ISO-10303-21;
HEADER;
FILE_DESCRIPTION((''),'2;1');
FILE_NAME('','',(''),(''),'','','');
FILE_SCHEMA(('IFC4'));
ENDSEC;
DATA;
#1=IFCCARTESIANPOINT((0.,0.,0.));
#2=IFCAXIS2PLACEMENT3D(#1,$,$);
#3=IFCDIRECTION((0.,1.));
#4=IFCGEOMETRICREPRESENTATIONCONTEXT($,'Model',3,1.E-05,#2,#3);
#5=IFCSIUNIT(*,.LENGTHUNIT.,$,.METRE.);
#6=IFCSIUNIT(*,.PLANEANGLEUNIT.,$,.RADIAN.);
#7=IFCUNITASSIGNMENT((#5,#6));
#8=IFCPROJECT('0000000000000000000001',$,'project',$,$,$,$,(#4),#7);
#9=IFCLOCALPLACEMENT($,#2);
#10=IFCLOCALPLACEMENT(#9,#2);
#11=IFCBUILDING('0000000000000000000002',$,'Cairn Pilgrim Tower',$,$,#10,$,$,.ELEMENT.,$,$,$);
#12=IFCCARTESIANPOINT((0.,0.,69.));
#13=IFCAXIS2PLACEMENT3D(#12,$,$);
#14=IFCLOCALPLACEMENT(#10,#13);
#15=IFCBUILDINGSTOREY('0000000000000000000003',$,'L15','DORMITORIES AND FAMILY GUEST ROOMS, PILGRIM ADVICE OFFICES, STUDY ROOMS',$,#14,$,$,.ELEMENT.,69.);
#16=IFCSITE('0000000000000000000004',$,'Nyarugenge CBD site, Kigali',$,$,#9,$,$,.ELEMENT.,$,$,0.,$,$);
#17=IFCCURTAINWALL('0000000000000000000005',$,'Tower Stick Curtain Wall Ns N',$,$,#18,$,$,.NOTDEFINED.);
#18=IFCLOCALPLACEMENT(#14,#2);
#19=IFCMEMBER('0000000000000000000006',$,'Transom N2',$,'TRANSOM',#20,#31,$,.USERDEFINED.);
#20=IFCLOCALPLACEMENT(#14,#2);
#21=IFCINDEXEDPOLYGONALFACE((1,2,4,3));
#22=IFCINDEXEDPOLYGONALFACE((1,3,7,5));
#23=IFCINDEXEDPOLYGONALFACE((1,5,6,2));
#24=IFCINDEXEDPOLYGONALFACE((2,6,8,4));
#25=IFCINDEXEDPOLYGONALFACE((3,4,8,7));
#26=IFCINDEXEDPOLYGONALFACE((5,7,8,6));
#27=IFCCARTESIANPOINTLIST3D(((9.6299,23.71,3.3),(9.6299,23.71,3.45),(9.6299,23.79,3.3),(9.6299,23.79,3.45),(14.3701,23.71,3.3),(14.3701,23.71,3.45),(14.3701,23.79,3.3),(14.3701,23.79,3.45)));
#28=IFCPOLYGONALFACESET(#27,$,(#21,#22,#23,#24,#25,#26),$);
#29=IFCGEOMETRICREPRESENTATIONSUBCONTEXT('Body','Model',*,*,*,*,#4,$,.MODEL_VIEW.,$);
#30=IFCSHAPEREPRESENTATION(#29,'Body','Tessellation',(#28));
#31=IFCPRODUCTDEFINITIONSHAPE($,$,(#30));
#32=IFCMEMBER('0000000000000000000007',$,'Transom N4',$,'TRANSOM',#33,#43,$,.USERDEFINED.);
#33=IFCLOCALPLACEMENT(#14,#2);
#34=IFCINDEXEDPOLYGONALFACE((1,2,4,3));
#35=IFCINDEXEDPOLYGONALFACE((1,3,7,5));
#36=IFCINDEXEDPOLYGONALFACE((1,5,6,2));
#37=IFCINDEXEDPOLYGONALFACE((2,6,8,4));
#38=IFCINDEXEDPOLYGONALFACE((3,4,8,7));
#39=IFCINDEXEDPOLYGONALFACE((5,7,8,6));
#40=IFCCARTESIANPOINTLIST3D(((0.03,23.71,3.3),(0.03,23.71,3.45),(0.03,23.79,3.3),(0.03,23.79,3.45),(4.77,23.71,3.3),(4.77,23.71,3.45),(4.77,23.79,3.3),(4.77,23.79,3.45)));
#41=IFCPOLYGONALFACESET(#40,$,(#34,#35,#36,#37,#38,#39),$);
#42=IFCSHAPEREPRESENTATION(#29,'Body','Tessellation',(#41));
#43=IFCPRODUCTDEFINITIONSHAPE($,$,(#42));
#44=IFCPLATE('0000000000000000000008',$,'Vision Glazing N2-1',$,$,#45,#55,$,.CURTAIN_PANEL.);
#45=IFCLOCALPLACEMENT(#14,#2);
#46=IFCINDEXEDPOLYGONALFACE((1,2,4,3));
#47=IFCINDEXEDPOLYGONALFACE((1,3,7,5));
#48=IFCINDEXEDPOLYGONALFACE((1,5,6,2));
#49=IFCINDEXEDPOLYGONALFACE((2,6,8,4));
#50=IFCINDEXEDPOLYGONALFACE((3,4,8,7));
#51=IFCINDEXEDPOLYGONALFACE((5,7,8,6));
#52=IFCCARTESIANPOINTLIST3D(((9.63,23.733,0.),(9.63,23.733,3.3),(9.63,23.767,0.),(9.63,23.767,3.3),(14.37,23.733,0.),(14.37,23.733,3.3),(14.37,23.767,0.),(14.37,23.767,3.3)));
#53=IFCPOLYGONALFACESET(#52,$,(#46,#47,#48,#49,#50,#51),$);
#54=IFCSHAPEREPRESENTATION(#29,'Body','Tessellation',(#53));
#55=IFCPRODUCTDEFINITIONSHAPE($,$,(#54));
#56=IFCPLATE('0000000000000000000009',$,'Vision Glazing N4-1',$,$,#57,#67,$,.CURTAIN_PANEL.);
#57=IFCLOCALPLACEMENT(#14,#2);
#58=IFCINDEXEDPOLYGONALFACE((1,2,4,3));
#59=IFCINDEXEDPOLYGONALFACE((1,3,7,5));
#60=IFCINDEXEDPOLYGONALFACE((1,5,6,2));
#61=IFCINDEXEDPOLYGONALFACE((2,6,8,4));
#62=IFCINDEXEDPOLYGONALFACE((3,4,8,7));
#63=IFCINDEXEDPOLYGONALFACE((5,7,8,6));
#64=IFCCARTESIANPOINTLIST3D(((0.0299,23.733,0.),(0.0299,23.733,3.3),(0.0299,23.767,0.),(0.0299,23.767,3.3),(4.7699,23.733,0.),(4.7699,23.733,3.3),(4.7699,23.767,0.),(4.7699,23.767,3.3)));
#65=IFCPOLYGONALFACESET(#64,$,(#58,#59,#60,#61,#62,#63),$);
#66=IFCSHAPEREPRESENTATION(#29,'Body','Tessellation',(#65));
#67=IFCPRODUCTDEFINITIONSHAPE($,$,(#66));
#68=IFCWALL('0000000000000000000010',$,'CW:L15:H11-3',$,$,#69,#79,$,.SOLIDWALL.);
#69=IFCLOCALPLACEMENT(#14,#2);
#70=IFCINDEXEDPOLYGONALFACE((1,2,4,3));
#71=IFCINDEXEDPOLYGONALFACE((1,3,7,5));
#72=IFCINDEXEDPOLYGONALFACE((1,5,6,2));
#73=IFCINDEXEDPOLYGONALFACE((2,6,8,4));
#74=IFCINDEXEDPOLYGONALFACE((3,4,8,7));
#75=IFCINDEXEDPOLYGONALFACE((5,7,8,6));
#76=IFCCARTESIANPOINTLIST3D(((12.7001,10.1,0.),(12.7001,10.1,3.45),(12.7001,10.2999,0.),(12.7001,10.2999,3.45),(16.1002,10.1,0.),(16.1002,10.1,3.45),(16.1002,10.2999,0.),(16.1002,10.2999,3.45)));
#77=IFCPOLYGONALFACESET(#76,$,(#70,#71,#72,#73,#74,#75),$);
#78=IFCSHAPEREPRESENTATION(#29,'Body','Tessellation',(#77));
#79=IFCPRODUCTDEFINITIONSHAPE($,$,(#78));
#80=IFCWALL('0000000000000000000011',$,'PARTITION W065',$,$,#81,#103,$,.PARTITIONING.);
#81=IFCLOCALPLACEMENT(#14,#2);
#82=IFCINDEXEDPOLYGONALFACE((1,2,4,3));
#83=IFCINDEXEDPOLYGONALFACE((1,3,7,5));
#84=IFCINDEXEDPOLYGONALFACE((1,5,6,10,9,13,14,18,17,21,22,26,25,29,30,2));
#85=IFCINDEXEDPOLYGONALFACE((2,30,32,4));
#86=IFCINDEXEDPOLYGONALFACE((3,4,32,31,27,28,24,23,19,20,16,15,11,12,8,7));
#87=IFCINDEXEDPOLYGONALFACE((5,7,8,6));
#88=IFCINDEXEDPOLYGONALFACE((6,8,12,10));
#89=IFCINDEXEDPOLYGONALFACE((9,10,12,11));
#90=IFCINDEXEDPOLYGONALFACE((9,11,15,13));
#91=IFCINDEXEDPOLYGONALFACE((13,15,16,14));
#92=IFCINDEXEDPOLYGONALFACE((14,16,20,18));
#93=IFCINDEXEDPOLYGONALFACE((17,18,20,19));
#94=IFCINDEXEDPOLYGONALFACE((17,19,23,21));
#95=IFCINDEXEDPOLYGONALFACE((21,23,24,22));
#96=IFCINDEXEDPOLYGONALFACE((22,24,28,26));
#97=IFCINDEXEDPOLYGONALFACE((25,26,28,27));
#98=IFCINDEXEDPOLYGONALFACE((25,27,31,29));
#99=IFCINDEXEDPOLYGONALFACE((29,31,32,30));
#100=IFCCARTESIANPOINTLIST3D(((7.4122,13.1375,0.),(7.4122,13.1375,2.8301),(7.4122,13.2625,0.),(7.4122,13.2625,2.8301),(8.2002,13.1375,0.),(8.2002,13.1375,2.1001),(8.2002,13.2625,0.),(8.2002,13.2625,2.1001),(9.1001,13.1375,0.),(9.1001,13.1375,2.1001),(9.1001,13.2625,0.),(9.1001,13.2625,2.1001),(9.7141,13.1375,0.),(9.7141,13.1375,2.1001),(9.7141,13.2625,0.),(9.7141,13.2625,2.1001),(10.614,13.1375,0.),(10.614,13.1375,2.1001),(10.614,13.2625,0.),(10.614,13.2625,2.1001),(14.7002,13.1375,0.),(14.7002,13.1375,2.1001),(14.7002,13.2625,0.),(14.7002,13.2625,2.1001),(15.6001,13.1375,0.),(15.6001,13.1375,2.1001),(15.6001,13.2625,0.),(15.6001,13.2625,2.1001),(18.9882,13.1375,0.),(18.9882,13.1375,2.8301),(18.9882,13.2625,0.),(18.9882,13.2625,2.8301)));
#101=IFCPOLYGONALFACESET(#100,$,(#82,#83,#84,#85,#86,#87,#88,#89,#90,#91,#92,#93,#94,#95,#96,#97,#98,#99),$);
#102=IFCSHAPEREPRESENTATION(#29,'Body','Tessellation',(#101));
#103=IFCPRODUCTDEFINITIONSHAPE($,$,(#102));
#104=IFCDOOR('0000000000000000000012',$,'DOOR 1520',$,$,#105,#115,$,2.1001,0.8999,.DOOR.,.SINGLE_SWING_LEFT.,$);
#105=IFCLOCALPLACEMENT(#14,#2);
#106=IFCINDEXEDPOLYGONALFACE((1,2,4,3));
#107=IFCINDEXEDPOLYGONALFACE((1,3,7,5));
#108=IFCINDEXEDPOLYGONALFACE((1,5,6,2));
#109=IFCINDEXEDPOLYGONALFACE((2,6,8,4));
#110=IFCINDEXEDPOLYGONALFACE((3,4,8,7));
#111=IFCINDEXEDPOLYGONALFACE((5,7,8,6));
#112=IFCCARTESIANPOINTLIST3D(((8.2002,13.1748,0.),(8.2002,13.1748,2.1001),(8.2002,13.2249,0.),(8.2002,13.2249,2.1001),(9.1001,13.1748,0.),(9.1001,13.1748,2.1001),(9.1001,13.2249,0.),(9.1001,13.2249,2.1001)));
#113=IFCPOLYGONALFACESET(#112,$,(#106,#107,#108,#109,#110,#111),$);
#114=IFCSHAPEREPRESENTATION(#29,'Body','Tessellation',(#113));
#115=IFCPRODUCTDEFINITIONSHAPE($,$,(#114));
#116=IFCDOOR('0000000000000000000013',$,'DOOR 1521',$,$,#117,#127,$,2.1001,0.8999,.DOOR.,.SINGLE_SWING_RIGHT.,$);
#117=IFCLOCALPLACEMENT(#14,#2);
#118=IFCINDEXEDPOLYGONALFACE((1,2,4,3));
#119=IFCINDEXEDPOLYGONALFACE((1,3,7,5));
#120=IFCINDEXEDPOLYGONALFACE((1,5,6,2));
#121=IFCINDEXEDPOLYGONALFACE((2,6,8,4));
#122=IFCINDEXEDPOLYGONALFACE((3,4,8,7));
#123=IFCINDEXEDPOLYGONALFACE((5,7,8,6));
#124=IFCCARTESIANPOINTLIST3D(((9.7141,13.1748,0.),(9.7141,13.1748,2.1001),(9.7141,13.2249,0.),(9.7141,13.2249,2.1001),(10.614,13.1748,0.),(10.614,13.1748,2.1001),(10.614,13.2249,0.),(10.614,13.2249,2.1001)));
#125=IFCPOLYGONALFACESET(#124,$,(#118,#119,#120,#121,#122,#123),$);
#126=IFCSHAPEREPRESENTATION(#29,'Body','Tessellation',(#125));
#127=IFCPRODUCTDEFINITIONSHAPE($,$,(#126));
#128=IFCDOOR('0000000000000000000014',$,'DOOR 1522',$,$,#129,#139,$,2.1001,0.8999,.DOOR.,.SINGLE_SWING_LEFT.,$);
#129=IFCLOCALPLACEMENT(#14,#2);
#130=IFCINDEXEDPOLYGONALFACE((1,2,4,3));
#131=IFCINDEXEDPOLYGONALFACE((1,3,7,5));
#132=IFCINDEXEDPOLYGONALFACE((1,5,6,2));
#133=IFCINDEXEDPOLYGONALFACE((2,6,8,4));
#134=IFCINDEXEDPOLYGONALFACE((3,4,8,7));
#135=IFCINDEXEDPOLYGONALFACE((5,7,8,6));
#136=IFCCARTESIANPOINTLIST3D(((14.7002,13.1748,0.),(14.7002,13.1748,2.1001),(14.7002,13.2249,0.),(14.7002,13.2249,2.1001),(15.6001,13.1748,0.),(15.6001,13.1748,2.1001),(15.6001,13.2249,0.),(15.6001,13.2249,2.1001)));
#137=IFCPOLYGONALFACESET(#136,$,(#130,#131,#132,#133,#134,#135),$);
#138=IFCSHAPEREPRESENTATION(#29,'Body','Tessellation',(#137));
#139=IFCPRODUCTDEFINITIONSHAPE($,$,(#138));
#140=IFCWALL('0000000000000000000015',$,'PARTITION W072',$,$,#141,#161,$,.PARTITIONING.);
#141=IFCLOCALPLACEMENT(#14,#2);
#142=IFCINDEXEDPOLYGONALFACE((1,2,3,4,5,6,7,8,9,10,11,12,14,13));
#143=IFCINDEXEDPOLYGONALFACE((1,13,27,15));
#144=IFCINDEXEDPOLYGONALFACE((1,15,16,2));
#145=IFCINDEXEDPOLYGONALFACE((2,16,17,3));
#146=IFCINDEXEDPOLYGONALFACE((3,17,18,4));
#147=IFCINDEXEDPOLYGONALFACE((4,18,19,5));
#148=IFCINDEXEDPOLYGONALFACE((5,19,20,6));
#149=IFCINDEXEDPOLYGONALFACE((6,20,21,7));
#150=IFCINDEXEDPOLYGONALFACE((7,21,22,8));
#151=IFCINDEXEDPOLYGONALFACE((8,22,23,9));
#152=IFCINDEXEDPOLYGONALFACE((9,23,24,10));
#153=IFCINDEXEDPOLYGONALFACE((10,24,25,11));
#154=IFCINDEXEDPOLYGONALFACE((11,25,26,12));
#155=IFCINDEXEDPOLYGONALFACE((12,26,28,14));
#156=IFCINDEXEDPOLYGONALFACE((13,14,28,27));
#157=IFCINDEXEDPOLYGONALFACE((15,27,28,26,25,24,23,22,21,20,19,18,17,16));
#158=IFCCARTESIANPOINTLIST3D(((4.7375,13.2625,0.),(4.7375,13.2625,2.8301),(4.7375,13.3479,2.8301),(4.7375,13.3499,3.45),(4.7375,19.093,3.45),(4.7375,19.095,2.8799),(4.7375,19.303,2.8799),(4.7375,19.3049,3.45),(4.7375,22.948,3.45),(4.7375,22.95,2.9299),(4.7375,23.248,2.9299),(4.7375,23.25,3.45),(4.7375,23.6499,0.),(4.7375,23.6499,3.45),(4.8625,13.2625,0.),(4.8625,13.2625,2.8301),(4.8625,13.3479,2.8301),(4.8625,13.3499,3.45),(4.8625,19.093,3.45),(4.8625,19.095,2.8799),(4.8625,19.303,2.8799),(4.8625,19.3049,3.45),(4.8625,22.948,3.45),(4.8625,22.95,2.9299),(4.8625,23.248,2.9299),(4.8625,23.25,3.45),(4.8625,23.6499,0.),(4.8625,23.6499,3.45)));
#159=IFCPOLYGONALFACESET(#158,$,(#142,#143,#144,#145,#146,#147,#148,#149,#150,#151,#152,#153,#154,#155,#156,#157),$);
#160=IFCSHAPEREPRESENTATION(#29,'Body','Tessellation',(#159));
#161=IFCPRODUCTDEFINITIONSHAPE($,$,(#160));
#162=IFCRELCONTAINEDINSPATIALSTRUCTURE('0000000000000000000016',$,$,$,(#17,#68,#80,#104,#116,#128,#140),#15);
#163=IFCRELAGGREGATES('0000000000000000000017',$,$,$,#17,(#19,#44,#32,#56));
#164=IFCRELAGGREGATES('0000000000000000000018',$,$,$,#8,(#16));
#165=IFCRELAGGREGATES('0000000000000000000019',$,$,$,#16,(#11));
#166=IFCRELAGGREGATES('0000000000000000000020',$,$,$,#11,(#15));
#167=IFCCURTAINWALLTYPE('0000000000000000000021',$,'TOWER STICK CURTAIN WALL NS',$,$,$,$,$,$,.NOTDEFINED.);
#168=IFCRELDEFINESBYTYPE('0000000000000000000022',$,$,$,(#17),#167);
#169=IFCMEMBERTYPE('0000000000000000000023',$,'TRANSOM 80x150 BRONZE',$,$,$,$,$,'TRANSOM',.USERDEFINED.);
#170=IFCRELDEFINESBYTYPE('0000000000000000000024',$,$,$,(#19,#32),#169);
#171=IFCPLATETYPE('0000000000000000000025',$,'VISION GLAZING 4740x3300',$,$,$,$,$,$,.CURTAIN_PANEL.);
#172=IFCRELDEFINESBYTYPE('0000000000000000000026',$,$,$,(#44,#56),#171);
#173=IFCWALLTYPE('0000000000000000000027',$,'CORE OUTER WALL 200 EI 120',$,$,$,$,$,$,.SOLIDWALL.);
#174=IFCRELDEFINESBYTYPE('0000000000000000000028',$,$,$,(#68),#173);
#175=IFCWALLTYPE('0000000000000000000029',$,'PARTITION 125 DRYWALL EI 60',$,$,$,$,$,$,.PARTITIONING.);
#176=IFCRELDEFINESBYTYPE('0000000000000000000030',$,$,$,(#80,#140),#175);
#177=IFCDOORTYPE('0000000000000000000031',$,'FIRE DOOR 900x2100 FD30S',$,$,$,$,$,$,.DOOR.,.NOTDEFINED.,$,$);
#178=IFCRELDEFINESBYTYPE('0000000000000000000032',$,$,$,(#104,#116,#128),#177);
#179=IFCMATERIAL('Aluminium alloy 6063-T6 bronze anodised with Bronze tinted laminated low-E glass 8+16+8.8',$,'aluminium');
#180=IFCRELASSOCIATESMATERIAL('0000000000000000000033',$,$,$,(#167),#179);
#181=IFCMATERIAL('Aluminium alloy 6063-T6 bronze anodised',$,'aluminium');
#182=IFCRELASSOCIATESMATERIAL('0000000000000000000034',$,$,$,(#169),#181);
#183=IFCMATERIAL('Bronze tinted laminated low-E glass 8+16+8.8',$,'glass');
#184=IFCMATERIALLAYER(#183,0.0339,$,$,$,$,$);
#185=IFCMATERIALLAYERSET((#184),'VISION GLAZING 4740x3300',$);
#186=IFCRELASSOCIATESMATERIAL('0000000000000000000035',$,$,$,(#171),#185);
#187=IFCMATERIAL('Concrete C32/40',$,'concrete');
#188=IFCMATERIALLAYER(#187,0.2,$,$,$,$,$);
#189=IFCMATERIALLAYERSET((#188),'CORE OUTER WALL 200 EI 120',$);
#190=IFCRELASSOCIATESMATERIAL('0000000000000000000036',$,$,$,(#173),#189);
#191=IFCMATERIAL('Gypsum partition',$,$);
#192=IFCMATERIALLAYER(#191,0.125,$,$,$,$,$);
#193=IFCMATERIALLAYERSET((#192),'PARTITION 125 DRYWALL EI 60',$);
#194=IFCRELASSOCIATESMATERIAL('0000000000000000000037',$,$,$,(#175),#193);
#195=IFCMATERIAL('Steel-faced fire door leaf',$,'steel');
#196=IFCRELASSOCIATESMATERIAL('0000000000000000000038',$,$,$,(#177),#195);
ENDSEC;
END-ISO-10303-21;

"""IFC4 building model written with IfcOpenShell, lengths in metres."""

from ifc_helpers import new_model, si_unit, direction, frame, frame_2d, origin, origin_2d, place, context, subcontext, project, spatial, polyline, rectangle, outline, extrude, material, layer, layer_set, material_profile, profile_set, type_object, element, fill, aggregate, save


model = new_model("IFC4")

# Units and contexts
model_context = context("Model", 3, precision=1e-05, world=origin(), true_north=direction((0.0, 1.0)))
body_context = subcontext(model_context, "Body", "Model", "MODEL_VIEW")
ifc_project = project(units=[si_unit("LENGTHUNIT", "METRE"), si_unit("PLANEANGLEUNIT", "RADIAN")], contexts=[model_context])

# Site, building, storey
site_placement = place(None, origin())
site = spatial("IfcSite", under=ifc_project, at=site_placement, Name="Nyarugenge CBD site, Kigali", CompositionType="ELEMENT", RefElevation=0.0)
building_placement = place(site_placement, origin())
building = spatial("IfcBuilding", under=site, at=building_placement, Name="Cairn Pilgrim Tower", CompositionType="ELEMENT")
storey_placement = place(building_placement, frame((0.0, 0.0, 69.0)))
storey = spatial("IfcBuildingStorey", under=building, at=storey_placement, Name="L15", Description="DORMITORIES AND FAMILY GUEST ROOMS, PILGRIM ADVICE OFFICES, STUDY ROOMS", CompositionType="ELEMENT", Elevation=69.0)

# Curtain wall
ifc_material_1 = material(Name="Aluminium alloy 6063-T6 bronze anodised with Bronze tinted laminated low-E glass 8+16+8.8", Category="aluminium")
curtain_wall_type = type_object("IfcCurtainWallType", Name="TOWER STICK CURTAIN WALL NS", PredefinedType="NOTDEFINED", material=ifc_material_1)
curtain_wall_placement = place(storey_placement, origin())
curtain_wall = element("IfcCurtainWall", 1, at=curtain_wall_placement, inside=storey, type_object=curtain_wall_type, Name="Tower Stick Curtain Wall Ns N", PredefinedType="NOTDEFINED")
ifc_material_2 = material(Name="Aluminium alloy 6063-T6 bronze anodised", Category="aluminium")

# Members
ifc_material_profile_1 = material_profile(ifc_material_2, rectangle(XDim=0.0801, YDim=0.1499, at=origin_2d()), Name="TRANSOM 80x150 BRONZE")
ifc_profile_set_1 = profile_set([ifc_material_profile_1], Name="Aluminium alloy 6063-T6 bronze anodised")
member_type_1 = type_object("IfcMemberType", Name="TRANSOM 80x150 BRONZE", ElementType="TRANSOM", PredefinedType="USERDEFINED", material=ifc_profile_set_1)
member_1_placement = place(storey_placement, frame((14.3701, 23.75, 3.375), z_axis=(-1.0, 0.0, 0.0), x_axis=(0.0, -1.0, 0.0)))
member_1 = element("IfcMember", 2, at=member_1_placement, type_object=member_type_1, Name="Transom N2", ObjectType="TRANSOM", PredefinedType="USERDEFINED", context=body_context, shape_type="SweptSolid", body=[
    extrude(rectangle(XDim=0.0801, YDim=0.1499, at=origin_2d()), origin(), (0.0, 0.0, 1.0), 4.7402),
])
member_2_placement = place(storey_placement, frame((4.77, 23.75, 3.375), z_axis=(-1.0, 0.0, 0.0), x_axis=(0.0, -1.0, 0.0)))
member_2 = element("IfcMember", 3, at=member_2_placement, type_object=member_type_1, Name="Transom N4", ObjectType="TRANSOM", PredefinedType="USERDEFINED", context=body_context, shape_type="SweptSolid", body=[
    extrude(rectangle(XDim=0.0801, YDim=0.1499, at=origin_2d()), origin(), (0.0, 0.0, 1.0), 4.74),
])

# Plates
ifc_material_3 = material(Name="Bronze tinted laminated low-E glass 8+16+8.8", Category="glass")
ifc_layer_1 = layer(ifc_material_3, 0.0339)
ifc_layer_set_1 = layer_set([ifc_layer_1], Name="VISION GLAZING 4740x3300")
plate_type = type_object("IfcPlateType", Name="VISION GLAZING 4740x3300", PredefinedType="CURTAIN_PANEL", material=ifc_layer_set_1)
plate_1_placement = place(storey_placement, frame((12.0, 23.75, 0.0), z_axis=(0.0, 0.0, 1.0), x_axis=(-1.0, 0.0, 0.0)))
plate_1 = element("IfcPlate", 4, at=plate_1_placement, type_object=plate_type, Name="Vision Glazing N2-1", PredefinedType="CURTAIN_PANEL", context=body_context, shape_type="SweptSolid", body=[
    extrude(rectangle(XDim=4.74, YDim=0.0339, at=origin_2d()), origin(), (0.0, 0.0, 1.0), 3.3),
])
plate_2_placement = place(storey_placement, frame((2.3999, 23.75, 0.0), z_axis=(0.0, 0.0, 1.0), x_axis=(-1.0, 0.0, 0.0)))
plate_2 = element("IfcPlate", 5, at=plate_2_placement, type_object=plate_type, Name="Vision Glazing N4-1", PredefinedType="CURTAIN_PANEL", context=body_context, shape_type="SweptSolid", body=[
    extrude(rectangle(XDim=4.74, YDim=0.0339, at=origin_2d()), origin(), (0.0, 0.0, 1.0), 3.3),
])
aggregate(curtain_wall, [member_1, plate_1, member_2, plate_2])

# Wall
ifc_material_4 = material(Name="Concrete C32/40", Category="concrete")
ifc_layer_2 = layer(ifc_material_4, 0.2)
ifc_layer_set_2 = layer_set([ifc_layer_2], Name="CORE OUTER WALL 200 EI 120")
wall_type_1 = type_object("IfcWallType", Name="CORE OUTER WALL 200 EI 120", PredefinedType="SOLIDWALL", material=ifc_layer_set_2)
wall_1_placement = place(storey_placement, frame((12.7, 10.2, 0.0), z_axis=(0.0, 0.0, 1.0), x_axis=(1.0, 0.0, 0.0)))
element("IfcWall", 6, at=wall_1_placement, inside=storey, type_object=wall_type_1, Name="CW:L15:H11-3", PredefinedType="SOLIDWALL", context=body_context, shape_type="SweptSolid", body=[
    extrude(rectangle(XDim=3.4001, YDim=0.2, at=frame_2d((1.7002, 0.0))), origin(), (0.0, 0.0, 1.0), 3.45),
])

# Wall, openings, doors
ifc_material_5 = material(Name="Gypsum partition")
ifc_layer_3 = layer(ifc_material_5, 0.125)
ifc_layer_set_3 = layer_set([ifc_layer_3], Name="PARTITION 125 DRYWALL EI 60")
wall_type_2 = type_object("IfcWallType", Name="PARTITION 125 DRYWALL EI 60", PredefinedType="PARTITIONING", material=ifc_layer_set_3)
wall_2_placement = place(storey_placement, frame((7.4121, 13.2, 0.0), z_axis=(0.0, 0.0, 1.0), x_axis=(1.0, 0.0, 0.0)))
wall_2 = element("IfcWall", 7, at=wall_2_placement, inside=storey, type_object=wall_type_2, Name="PARTITION W065", PredefinedType="PARTITIONING", context=body_context, shape_type="SweptSolid", body=[
    extrude(rectangle(XDim=11.5759, YDim=0.125, at=frame_2d((5.7881, 0.0))), origin(), (0.0, 0.0, 1.0), 2.8301),
])
opening_1_placement = place(wall_2_placement, frame((0.7881, 0.0, 0.0)))
opening_1 = element("IfcOpeningElement", 8, at=opening_1_placement, cuts=wall_2, PredefinedType="OPENING", context=body_context, shape_type="SweptSolid", body=[
    extrude(rectangle(XDim=0.8999, YDim=2.1001, at=frame_2d((0.45, 1.05))), frame((0.0, 0.0725, 0.0), z_axis=(0.0, -1.0, 0.0), x_axis=(1.0, 0.0, 0.0)), (0.0, 0.0, 1.0), 0.145),
])
opening_2_placement = place(wall_2_placement, frame((2.302, 0.0, 0.0)))
opening_2 = element("IfcOpeningElement", 9, at=opening_2_placement, cuts=wall_2, PredefinedType="OPENING", context=body_context, shape_type="SweptSolid", body=[
    extrude(rectangle(XDim=0.8999, YDim=2.1001, at=frame_2d((0.45, 1.05))), frame((0.0, 0.0725, 0.0), z_axis=(0.0, -1.0, 0.0), x_axis=(1.0, 0.0, 0.0)), (0.0, 0.0, 1.0), 0.145),
])
opening_3_placement = place(wall_2_placement, frame((7.2881, 0.0, 0.0)))
opening_3 = element("IfcOpeningElement", 10, at=opening_3_placement, cuts=wall_2, PredefinedType="OPENING", context=body_context, shape_type="SweptSolid", body=[
    extrude(rectangle(XDim=0.8999, YDim=2.1001, at=frame_2d((0.45, 1.05))), frame((0.0, 0.0725, 0.0), z_axis=(0.0, -1.0, 0.0), x_axis=(1.0, 0.0, 0.0)), (0.0, 0.0, 1.0), 0.145),
])
ifc_material_6 = material(Name="Steel-faced fire door leaf", Category="steel")
door_type_1 = type_object("IfcDoorType", Name="FIRE DOOR 900x2100 FD30S", OperationType="NOTDEFINED", PredefinedType="DOOR", material=ifc_material_6)
door_1_placement = place(opening_1_placement, origin())
door_1 = element("IfcDoor", 11, at=door_1_placement, inside=storey, type_object=door_type_1, Name="DOOR 1520", OperationType="SINGLE_SWING_LEFT", OverallHeight=2.1001, OverallWidth=0.8999, PredefinedType="DOOR", context=body_context, shape_type="SweptSolid", body=[
    extrude(rectangle(XDim=0.8999, YDim=2.1001, at=frame_2d((0.45, 1.05))), frame((0.0, 0.0249, 0.0), z_axis=(0.0, -1.0, 0.0), x_axis=(1.0, 0.0, 0.0)), (0.0, 0.0, 1.0), 0.05),
])
fill(opening_1, door_1)
door_2_placement = place(opening_2_placement, origin())
door_2 = element("IfcDoor", 12, at=door_2_placement, inside=storey, type_object=door_type_1, Name="DOOR 1521", OperationType="SINGLE_SWING_RIGHT", OverallHeight=2.1001, OverallWidth=0.8999, PredefinedType="DOOR", context=body_context, shape_type="SweptSolid", body=[
    extrude(rectangle(XDim=0.8999, YDim=2.1001, at=frame_2d((0.45, 1.05))), frame((0.0, 0.0249, 0.0), z_axis=(0.0, -1.0, 0.0), x_axis=(1.0, 0.0, 0.0)), (0.0, 0.0, 1.0), 0.05),
])
fill(opening_2, door_2)
door_3_placement = place(opening_3_placement, origin())
door_3 = element("IfcDoor", 13, at=door_3_placement, inside=storey, type_object=door_type_1, Name="DOOR 1522", OperationType="SINGLE_SWING_LEFT", OverallHeight=2.1001, OverallWidth=0.8999, PredefinedType="DOOR", context=body_context, shape_type="SweptSolid", body=[
    extrude(rectangle(XDim=0.8999, YDim=2.1001, at=frame_2d((0.45, 1.05))), frame((0.0, 0.0249, 0.0), z_axis=(0.0, -1.0, 0.0), x_axis=(1.0, 0.0, 0.0)), (0.0, 0.0, 1.0), 0.05),
])
fill(opening_3, door_3)

# Wall
wall_3_placement = place(storey_placement, frame((4.8, 13.2625, 0.0), z_axis=(0.0, 0.0, 1.0), x_axis=(0.0, 1.0, 0.0)))
element("IfcWall", 14, at=wall_3_placement, inside=storey, type_object=wall_type_2, Name="PARTITION W072", PredefinedType="PARTITIONING", context=body_context, shape_type="SweptSolid", body=[
    extrude(outline(polyline([(0.0, 0.0), (10.3875, 0.0), (10.3875, 3.45), (9.9875, 3.45), (9.9856, 2.9299), (9.6875, 2.9299), (9.6855, 3.45), (6.0425, 3.45), (6.0405, 2.8799), (5.8325, 2.8799), (5.8306, 3.45), (0.0874, 3.45), (0.0854, 2.8301), (0.0, 2.8301), (0.0, 0.0)])), frame((0.0, 0.0625, 0.0), z_axis=(0.0, -1.0, 0.0), x_axis=(1.0, 0.0, 0.0)), (0.0, 0.0, 1.0), 0.125),
])

save(model, "model.ifc")
